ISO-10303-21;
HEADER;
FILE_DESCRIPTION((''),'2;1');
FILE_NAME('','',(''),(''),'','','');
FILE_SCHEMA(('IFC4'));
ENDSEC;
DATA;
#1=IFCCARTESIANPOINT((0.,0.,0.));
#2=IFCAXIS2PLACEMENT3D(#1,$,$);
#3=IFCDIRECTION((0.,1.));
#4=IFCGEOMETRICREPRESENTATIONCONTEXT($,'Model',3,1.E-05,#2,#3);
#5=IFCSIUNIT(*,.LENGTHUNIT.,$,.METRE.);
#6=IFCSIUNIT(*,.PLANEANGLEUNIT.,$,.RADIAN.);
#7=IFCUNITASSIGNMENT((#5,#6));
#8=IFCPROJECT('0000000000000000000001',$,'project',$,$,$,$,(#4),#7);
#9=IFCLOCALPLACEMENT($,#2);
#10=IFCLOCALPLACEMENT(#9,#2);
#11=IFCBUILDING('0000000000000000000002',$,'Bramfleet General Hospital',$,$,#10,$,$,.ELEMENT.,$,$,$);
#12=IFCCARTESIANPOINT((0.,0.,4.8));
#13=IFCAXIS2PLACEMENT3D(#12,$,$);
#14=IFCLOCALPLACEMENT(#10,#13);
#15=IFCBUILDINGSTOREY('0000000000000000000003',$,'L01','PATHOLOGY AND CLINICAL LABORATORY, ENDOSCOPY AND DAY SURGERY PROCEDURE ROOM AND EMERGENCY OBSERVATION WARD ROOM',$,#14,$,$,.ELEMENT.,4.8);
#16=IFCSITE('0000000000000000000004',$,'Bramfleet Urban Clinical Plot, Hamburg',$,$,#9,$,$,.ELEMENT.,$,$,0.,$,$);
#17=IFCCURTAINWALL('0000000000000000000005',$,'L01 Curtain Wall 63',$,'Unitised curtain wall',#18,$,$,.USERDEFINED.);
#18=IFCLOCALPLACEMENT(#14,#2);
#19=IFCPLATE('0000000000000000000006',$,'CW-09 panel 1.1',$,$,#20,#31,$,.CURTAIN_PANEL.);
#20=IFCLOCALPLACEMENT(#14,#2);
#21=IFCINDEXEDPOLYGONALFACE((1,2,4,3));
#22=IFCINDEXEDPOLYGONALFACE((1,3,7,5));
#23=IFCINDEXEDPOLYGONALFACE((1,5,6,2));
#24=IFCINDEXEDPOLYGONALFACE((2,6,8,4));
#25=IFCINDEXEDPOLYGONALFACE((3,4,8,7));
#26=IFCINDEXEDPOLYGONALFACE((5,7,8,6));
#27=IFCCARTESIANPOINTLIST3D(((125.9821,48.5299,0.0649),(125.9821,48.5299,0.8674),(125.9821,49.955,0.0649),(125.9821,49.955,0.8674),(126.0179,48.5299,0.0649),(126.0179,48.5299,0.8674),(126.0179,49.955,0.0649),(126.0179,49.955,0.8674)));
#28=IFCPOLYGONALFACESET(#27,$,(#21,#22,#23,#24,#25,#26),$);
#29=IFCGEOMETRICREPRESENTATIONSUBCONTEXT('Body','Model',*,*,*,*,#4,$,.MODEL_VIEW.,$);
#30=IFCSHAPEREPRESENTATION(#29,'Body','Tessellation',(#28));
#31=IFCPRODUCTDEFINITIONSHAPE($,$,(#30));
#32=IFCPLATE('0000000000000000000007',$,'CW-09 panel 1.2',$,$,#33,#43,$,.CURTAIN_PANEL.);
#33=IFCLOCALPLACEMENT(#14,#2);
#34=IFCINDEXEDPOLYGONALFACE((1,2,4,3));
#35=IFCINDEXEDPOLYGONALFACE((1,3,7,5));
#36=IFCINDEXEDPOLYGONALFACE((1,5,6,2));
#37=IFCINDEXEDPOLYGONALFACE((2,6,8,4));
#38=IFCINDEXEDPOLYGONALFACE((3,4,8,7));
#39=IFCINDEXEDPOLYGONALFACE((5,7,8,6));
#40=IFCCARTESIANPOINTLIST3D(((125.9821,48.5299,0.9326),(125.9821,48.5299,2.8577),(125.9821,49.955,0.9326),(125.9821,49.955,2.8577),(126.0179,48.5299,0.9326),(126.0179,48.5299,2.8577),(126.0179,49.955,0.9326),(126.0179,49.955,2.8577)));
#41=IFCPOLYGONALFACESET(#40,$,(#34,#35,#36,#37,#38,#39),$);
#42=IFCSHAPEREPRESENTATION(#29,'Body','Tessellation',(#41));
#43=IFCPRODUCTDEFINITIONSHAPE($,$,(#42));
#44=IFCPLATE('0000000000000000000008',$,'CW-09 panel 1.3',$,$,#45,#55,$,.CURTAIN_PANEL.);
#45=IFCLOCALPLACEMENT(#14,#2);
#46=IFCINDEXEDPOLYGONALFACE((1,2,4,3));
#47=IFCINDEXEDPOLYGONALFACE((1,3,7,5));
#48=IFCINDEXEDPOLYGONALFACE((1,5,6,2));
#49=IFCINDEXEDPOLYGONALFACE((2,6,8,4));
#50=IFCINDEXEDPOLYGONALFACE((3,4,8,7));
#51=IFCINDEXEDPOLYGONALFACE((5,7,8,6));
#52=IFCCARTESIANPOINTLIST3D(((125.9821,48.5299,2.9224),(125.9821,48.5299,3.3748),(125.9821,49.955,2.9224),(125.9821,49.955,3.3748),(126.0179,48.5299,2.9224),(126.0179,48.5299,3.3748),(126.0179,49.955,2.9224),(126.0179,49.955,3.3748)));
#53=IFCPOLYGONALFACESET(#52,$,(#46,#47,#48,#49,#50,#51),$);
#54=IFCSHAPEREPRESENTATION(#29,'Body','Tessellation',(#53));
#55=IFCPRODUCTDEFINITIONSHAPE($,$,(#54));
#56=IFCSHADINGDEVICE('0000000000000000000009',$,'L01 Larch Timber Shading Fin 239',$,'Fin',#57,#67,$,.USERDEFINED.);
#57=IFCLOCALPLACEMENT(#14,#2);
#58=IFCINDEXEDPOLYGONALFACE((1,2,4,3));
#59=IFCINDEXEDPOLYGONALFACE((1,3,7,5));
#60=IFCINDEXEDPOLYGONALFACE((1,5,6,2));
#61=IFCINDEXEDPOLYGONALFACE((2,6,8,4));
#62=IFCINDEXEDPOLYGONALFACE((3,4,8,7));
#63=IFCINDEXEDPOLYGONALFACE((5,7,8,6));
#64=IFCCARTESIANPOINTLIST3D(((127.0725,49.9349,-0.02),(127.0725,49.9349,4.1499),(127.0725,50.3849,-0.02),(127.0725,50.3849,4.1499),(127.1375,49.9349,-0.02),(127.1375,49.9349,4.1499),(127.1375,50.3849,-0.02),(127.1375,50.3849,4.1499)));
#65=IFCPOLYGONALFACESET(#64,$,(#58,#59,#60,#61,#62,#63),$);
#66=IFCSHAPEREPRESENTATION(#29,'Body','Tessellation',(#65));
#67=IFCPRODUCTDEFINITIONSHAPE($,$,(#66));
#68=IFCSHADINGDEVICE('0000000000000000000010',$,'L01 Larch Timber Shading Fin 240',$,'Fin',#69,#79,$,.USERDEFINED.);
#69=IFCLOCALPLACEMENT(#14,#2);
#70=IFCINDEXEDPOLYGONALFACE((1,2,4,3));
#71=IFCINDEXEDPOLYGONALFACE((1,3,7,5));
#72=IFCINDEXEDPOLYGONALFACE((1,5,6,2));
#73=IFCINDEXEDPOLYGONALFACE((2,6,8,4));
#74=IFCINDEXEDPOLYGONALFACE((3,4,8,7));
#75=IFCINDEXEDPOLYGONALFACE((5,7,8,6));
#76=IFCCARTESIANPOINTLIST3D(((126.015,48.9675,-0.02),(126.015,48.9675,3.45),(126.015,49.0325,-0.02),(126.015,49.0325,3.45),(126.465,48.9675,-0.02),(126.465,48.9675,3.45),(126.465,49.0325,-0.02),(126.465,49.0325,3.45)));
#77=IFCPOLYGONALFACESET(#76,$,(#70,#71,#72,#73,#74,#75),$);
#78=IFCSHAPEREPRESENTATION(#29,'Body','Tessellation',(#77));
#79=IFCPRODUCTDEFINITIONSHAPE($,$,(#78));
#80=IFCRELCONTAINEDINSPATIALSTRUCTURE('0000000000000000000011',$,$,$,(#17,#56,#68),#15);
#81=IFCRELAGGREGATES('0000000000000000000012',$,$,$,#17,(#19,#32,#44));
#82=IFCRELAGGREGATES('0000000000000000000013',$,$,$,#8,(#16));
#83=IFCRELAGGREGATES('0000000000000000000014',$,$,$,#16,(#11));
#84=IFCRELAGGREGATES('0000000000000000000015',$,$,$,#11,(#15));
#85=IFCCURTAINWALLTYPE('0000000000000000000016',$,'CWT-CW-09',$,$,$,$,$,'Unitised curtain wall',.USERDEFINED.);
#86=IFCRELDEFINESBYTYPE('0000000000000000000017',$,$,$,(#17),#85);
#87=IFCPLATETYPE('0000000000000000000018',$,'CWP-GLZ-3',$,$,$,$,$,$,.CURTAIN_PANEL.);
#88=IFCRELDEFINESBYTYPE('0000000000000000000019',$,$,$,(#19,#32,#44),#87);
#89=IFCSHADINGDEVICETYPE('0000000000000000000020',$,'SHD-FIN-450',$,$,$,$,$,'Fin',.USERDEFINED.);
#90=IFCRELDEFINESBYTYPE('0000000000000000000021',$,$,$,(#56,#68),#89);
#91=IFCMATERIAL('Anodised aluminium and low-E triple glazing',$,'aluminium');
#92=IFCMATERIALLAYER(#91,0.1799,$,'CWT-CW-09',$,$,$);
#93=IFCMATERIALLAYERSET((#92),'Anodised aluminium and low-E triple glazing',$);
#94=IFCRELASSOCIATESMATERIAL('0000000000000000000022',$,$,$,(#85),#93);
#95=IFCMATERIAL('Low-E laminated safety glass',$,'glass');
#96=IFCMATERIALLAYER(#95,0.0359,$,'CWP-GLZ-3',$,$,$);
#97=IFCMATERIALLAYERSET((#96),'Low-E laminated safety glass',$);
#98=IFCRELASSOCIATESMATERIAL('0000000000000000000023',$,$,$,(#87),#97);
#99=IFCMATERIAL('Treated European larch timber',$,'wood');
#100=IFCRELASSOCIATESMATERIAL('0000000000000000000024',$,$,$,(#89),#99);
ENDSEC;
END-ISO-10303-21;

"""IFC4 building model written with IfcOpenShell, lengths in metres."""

from ifc_helpers import new_model, si_unit, direction, frame, origin, origin_2d, place, context, subcontext, project, spatial, rectangle, extrude, material, layer, layer_set, material_profile, profile_set, type_object, element, aggregate, save


model = new_model("IFC4")

# Units and contexts
model_context = context("Model", 3, precision=1e-05, world=origin(), true_north=direction((0.0, 1.0)))
body_context = subcontext(model_context, "Body", "Model", "MODEL_VIEW")
ifc_project = project(units=[si_unit("LENGTHUNIT", "METRE"), si_unit("PLANEANGLEUNIT", "RADIAN")], contexts=[model_context])

# Site, building, storey
site_placement = place(None, origin())
site = spatial("IfcSite", under=ifc_project, at=site_placement, Name="Bramfleet Urban Clinical Plot, Hamburg", CompositionType="ELEMENT", RefElevation=0.0)
building_placement = place(site_placement, origin())
building = spatial("IfcBuilding", under=site, at=building_placement, Name="Bramfleet General Hospital", CompositionType="ELEMENT")
storey_placement = place(building_placement, frame((0.0, 0.0, 4.8)))
storey = spatial("IfcBuildingStorey", under=building, at=storey_placement, Name="L01", Description="PATHOLOGY AND CLINICAL LABORATORY, ENDOSCOPY AND DAY SURGERY PROCEDURE ROOM AND EMERGENCY OBSERVATION WARD ROOM", CompositionType="ELEMENT", Elevation=4.8)

# Shared definitions
ifc_material_1 = material(Name="Anodised aluminium and low-E triple glazing", Category="aluminium")

# Curtain wall
ifc_layer_1 = layer(ifc_material_1, 0.1799, Name="CWT-CW-09")
ifc_layer_set_1 = layer_set([ifc_layer_1], Name="Anodised aluminium and low-E triple glazing")
curtain_wall_type_1 = type_object("IfcCurtainWallType", Name="CWT-CW-09", ElementType="Unitised curtain wall", PredefinedType="USERDEFINED", material=ifc_layer_set_1)
curtain_wall_1_placement = place(storey_placement, origin())
curtain_wall_1 = element("IfcCurtainWall", 1, at=curtain_wall_1_placement, inside=storey, type_object=curtain_wall_type_1, Name="L01 Curtain Wall 63", ObjectType="Unitised curtain wall", PredefinedType="USERDEFINED")

# Plates
ifc_material_2 = material(Name="Low-E laminated safety glass", Category="glass")
ifc_layer_2 = layer(ifc_material_2, 0.0359, Name="CWP-GLZ-3")
ifc_layer_set_2 = layer_set([ifc_layer_2], Name="Low-E laminated safety glass")
plate_type_1 = type_object("IfcPlateType", Name="CWP-GLZ-3", PredefinedType="CURTAIN_PANEL", material=ifc_layer_set_2)
plate_1_placement = place(storey_placement, frame((126.0, 49.2424, 0.0649), z_axis=(0.0, 0.0, 1.0), x_axis=(0.0, -1.0, 0.0)))
plate_1 = element("IfcPlate", 2, at=plate_1_placement, type_object=plate_type_1, Name="CW-09 panel 1.1", PredefinedType="CURTAIN_PANEL", context=body_context, shape_type="SweptSolid", body=[
    extrude(rectangle(XDim=1.425, YDim=0.0359, at=origin_2d()), origin(), (0.0, 0.0, 1.0), 0.8025),
])
plate_2_placement = place(storey_placement, frame((126.0, 49.2424, 0.9326), z_axis=(0.0, 0.0, 1.0), x_axis=(0.0, -1.0, 0.0)))
plate_2 = element("IfcPlate", 3, at=plate_2_placement, type_object=plate_type_1, Name="CW-09 panel 1.2", PredefinedType="CURTAIN_PANEL", context=body_context, shape_type="SweptSolid", body=[
    extrude(rectangle(XDim=1.425, YDim=0.0359, at=origin_2d()), origin(), (0.0, 0.0, 1.0), 1.925),
])
plate_3_placement = place(storey_placement, frame((126.0, 49.2424, 2.9224), z_axis=(0.0, 0.0, 1.0), x_axis=(0.0, -1.0, 0.0)))
plate_3 = element("IfcPlate", 4, at=plate_3_placement, type_object=plate_type_1, Name="CW-09 panel 1.3", PredefinedType="CURTAIN_PANEL", context=body_context, shape_type="SweptSolid", body=[
    extrude(rectangle(XDim=1.425, YDim=0.0359, at=origin_2d()), origin(), (0.0, 0.0, 1.0), 0.4524),
])
aggregate(curtain_wall_1, [plate_1, plate_2, plate_3])

# Shading devices
ifc_material_3 = material(Name="Treated European larch timber", Category="wood")
ifc_material_profile_1 = material_profile(ifc_material_3, rectangle(XDim=0.0649, YDim=0.45, at=origin_2d()), Name="LARCH FIN 450x65")
ifc_profile_set_1 = profile_set([ifc_material_profile_1], Name="Treated European larch timber")
shading_device_type = type_object("IfcShadingDeviceType", Name="SHD-FIN-450", ElementType="Fin", PredefinedType="USERDEFINED", material=ifc_profile_set_1)
shading_device_1_placement = place(storey_placement, frame((127.105, 50.1599, -0.02), z_axis=(0.0, 0.0, 1.0), x_axis=(-1.0, 0.0, 0.0)))
element("IfcShadingDevice", 5, at=shading_device_1_placement, inside=storey, type_object=shading_device_type, Name="L01 Larch Timber Shading Fin 239", ObjectType="Fin", PredefinedType="USERDEFINED", context=body_context, shape_type="SweptSolid", body=[
    extrude(rectangle(XDim=0.0649, YDim=0.45, at=origin_2d()), origin(), (0.0, 0.0, 1.0), 4.1699),
])
shading_device_2_placement = place(storey_placement, frame((126.24, 49.0, -0.02), z_axis=(0.0, 0.0, 1.0), x_axis=(0.0, -1.0, 0.0)))
element("IfcShadingDevice", 6, at=shading_device_2_placement, inside=storey, type_object=shading_device_type, Name="L01 Larch Timber Shading Fin 240", ObjectType="Fin", PredefinedType="USERDEFINED", context=body_context, shape_type="SweptSolid", body=[
    extrude(rectangle(XDim=0.0649, YDim=0.45, at=origin_2d()), origin(), (0.0, 0.0, 1.0), 3.47),
])

save(model, "model.ifc")
